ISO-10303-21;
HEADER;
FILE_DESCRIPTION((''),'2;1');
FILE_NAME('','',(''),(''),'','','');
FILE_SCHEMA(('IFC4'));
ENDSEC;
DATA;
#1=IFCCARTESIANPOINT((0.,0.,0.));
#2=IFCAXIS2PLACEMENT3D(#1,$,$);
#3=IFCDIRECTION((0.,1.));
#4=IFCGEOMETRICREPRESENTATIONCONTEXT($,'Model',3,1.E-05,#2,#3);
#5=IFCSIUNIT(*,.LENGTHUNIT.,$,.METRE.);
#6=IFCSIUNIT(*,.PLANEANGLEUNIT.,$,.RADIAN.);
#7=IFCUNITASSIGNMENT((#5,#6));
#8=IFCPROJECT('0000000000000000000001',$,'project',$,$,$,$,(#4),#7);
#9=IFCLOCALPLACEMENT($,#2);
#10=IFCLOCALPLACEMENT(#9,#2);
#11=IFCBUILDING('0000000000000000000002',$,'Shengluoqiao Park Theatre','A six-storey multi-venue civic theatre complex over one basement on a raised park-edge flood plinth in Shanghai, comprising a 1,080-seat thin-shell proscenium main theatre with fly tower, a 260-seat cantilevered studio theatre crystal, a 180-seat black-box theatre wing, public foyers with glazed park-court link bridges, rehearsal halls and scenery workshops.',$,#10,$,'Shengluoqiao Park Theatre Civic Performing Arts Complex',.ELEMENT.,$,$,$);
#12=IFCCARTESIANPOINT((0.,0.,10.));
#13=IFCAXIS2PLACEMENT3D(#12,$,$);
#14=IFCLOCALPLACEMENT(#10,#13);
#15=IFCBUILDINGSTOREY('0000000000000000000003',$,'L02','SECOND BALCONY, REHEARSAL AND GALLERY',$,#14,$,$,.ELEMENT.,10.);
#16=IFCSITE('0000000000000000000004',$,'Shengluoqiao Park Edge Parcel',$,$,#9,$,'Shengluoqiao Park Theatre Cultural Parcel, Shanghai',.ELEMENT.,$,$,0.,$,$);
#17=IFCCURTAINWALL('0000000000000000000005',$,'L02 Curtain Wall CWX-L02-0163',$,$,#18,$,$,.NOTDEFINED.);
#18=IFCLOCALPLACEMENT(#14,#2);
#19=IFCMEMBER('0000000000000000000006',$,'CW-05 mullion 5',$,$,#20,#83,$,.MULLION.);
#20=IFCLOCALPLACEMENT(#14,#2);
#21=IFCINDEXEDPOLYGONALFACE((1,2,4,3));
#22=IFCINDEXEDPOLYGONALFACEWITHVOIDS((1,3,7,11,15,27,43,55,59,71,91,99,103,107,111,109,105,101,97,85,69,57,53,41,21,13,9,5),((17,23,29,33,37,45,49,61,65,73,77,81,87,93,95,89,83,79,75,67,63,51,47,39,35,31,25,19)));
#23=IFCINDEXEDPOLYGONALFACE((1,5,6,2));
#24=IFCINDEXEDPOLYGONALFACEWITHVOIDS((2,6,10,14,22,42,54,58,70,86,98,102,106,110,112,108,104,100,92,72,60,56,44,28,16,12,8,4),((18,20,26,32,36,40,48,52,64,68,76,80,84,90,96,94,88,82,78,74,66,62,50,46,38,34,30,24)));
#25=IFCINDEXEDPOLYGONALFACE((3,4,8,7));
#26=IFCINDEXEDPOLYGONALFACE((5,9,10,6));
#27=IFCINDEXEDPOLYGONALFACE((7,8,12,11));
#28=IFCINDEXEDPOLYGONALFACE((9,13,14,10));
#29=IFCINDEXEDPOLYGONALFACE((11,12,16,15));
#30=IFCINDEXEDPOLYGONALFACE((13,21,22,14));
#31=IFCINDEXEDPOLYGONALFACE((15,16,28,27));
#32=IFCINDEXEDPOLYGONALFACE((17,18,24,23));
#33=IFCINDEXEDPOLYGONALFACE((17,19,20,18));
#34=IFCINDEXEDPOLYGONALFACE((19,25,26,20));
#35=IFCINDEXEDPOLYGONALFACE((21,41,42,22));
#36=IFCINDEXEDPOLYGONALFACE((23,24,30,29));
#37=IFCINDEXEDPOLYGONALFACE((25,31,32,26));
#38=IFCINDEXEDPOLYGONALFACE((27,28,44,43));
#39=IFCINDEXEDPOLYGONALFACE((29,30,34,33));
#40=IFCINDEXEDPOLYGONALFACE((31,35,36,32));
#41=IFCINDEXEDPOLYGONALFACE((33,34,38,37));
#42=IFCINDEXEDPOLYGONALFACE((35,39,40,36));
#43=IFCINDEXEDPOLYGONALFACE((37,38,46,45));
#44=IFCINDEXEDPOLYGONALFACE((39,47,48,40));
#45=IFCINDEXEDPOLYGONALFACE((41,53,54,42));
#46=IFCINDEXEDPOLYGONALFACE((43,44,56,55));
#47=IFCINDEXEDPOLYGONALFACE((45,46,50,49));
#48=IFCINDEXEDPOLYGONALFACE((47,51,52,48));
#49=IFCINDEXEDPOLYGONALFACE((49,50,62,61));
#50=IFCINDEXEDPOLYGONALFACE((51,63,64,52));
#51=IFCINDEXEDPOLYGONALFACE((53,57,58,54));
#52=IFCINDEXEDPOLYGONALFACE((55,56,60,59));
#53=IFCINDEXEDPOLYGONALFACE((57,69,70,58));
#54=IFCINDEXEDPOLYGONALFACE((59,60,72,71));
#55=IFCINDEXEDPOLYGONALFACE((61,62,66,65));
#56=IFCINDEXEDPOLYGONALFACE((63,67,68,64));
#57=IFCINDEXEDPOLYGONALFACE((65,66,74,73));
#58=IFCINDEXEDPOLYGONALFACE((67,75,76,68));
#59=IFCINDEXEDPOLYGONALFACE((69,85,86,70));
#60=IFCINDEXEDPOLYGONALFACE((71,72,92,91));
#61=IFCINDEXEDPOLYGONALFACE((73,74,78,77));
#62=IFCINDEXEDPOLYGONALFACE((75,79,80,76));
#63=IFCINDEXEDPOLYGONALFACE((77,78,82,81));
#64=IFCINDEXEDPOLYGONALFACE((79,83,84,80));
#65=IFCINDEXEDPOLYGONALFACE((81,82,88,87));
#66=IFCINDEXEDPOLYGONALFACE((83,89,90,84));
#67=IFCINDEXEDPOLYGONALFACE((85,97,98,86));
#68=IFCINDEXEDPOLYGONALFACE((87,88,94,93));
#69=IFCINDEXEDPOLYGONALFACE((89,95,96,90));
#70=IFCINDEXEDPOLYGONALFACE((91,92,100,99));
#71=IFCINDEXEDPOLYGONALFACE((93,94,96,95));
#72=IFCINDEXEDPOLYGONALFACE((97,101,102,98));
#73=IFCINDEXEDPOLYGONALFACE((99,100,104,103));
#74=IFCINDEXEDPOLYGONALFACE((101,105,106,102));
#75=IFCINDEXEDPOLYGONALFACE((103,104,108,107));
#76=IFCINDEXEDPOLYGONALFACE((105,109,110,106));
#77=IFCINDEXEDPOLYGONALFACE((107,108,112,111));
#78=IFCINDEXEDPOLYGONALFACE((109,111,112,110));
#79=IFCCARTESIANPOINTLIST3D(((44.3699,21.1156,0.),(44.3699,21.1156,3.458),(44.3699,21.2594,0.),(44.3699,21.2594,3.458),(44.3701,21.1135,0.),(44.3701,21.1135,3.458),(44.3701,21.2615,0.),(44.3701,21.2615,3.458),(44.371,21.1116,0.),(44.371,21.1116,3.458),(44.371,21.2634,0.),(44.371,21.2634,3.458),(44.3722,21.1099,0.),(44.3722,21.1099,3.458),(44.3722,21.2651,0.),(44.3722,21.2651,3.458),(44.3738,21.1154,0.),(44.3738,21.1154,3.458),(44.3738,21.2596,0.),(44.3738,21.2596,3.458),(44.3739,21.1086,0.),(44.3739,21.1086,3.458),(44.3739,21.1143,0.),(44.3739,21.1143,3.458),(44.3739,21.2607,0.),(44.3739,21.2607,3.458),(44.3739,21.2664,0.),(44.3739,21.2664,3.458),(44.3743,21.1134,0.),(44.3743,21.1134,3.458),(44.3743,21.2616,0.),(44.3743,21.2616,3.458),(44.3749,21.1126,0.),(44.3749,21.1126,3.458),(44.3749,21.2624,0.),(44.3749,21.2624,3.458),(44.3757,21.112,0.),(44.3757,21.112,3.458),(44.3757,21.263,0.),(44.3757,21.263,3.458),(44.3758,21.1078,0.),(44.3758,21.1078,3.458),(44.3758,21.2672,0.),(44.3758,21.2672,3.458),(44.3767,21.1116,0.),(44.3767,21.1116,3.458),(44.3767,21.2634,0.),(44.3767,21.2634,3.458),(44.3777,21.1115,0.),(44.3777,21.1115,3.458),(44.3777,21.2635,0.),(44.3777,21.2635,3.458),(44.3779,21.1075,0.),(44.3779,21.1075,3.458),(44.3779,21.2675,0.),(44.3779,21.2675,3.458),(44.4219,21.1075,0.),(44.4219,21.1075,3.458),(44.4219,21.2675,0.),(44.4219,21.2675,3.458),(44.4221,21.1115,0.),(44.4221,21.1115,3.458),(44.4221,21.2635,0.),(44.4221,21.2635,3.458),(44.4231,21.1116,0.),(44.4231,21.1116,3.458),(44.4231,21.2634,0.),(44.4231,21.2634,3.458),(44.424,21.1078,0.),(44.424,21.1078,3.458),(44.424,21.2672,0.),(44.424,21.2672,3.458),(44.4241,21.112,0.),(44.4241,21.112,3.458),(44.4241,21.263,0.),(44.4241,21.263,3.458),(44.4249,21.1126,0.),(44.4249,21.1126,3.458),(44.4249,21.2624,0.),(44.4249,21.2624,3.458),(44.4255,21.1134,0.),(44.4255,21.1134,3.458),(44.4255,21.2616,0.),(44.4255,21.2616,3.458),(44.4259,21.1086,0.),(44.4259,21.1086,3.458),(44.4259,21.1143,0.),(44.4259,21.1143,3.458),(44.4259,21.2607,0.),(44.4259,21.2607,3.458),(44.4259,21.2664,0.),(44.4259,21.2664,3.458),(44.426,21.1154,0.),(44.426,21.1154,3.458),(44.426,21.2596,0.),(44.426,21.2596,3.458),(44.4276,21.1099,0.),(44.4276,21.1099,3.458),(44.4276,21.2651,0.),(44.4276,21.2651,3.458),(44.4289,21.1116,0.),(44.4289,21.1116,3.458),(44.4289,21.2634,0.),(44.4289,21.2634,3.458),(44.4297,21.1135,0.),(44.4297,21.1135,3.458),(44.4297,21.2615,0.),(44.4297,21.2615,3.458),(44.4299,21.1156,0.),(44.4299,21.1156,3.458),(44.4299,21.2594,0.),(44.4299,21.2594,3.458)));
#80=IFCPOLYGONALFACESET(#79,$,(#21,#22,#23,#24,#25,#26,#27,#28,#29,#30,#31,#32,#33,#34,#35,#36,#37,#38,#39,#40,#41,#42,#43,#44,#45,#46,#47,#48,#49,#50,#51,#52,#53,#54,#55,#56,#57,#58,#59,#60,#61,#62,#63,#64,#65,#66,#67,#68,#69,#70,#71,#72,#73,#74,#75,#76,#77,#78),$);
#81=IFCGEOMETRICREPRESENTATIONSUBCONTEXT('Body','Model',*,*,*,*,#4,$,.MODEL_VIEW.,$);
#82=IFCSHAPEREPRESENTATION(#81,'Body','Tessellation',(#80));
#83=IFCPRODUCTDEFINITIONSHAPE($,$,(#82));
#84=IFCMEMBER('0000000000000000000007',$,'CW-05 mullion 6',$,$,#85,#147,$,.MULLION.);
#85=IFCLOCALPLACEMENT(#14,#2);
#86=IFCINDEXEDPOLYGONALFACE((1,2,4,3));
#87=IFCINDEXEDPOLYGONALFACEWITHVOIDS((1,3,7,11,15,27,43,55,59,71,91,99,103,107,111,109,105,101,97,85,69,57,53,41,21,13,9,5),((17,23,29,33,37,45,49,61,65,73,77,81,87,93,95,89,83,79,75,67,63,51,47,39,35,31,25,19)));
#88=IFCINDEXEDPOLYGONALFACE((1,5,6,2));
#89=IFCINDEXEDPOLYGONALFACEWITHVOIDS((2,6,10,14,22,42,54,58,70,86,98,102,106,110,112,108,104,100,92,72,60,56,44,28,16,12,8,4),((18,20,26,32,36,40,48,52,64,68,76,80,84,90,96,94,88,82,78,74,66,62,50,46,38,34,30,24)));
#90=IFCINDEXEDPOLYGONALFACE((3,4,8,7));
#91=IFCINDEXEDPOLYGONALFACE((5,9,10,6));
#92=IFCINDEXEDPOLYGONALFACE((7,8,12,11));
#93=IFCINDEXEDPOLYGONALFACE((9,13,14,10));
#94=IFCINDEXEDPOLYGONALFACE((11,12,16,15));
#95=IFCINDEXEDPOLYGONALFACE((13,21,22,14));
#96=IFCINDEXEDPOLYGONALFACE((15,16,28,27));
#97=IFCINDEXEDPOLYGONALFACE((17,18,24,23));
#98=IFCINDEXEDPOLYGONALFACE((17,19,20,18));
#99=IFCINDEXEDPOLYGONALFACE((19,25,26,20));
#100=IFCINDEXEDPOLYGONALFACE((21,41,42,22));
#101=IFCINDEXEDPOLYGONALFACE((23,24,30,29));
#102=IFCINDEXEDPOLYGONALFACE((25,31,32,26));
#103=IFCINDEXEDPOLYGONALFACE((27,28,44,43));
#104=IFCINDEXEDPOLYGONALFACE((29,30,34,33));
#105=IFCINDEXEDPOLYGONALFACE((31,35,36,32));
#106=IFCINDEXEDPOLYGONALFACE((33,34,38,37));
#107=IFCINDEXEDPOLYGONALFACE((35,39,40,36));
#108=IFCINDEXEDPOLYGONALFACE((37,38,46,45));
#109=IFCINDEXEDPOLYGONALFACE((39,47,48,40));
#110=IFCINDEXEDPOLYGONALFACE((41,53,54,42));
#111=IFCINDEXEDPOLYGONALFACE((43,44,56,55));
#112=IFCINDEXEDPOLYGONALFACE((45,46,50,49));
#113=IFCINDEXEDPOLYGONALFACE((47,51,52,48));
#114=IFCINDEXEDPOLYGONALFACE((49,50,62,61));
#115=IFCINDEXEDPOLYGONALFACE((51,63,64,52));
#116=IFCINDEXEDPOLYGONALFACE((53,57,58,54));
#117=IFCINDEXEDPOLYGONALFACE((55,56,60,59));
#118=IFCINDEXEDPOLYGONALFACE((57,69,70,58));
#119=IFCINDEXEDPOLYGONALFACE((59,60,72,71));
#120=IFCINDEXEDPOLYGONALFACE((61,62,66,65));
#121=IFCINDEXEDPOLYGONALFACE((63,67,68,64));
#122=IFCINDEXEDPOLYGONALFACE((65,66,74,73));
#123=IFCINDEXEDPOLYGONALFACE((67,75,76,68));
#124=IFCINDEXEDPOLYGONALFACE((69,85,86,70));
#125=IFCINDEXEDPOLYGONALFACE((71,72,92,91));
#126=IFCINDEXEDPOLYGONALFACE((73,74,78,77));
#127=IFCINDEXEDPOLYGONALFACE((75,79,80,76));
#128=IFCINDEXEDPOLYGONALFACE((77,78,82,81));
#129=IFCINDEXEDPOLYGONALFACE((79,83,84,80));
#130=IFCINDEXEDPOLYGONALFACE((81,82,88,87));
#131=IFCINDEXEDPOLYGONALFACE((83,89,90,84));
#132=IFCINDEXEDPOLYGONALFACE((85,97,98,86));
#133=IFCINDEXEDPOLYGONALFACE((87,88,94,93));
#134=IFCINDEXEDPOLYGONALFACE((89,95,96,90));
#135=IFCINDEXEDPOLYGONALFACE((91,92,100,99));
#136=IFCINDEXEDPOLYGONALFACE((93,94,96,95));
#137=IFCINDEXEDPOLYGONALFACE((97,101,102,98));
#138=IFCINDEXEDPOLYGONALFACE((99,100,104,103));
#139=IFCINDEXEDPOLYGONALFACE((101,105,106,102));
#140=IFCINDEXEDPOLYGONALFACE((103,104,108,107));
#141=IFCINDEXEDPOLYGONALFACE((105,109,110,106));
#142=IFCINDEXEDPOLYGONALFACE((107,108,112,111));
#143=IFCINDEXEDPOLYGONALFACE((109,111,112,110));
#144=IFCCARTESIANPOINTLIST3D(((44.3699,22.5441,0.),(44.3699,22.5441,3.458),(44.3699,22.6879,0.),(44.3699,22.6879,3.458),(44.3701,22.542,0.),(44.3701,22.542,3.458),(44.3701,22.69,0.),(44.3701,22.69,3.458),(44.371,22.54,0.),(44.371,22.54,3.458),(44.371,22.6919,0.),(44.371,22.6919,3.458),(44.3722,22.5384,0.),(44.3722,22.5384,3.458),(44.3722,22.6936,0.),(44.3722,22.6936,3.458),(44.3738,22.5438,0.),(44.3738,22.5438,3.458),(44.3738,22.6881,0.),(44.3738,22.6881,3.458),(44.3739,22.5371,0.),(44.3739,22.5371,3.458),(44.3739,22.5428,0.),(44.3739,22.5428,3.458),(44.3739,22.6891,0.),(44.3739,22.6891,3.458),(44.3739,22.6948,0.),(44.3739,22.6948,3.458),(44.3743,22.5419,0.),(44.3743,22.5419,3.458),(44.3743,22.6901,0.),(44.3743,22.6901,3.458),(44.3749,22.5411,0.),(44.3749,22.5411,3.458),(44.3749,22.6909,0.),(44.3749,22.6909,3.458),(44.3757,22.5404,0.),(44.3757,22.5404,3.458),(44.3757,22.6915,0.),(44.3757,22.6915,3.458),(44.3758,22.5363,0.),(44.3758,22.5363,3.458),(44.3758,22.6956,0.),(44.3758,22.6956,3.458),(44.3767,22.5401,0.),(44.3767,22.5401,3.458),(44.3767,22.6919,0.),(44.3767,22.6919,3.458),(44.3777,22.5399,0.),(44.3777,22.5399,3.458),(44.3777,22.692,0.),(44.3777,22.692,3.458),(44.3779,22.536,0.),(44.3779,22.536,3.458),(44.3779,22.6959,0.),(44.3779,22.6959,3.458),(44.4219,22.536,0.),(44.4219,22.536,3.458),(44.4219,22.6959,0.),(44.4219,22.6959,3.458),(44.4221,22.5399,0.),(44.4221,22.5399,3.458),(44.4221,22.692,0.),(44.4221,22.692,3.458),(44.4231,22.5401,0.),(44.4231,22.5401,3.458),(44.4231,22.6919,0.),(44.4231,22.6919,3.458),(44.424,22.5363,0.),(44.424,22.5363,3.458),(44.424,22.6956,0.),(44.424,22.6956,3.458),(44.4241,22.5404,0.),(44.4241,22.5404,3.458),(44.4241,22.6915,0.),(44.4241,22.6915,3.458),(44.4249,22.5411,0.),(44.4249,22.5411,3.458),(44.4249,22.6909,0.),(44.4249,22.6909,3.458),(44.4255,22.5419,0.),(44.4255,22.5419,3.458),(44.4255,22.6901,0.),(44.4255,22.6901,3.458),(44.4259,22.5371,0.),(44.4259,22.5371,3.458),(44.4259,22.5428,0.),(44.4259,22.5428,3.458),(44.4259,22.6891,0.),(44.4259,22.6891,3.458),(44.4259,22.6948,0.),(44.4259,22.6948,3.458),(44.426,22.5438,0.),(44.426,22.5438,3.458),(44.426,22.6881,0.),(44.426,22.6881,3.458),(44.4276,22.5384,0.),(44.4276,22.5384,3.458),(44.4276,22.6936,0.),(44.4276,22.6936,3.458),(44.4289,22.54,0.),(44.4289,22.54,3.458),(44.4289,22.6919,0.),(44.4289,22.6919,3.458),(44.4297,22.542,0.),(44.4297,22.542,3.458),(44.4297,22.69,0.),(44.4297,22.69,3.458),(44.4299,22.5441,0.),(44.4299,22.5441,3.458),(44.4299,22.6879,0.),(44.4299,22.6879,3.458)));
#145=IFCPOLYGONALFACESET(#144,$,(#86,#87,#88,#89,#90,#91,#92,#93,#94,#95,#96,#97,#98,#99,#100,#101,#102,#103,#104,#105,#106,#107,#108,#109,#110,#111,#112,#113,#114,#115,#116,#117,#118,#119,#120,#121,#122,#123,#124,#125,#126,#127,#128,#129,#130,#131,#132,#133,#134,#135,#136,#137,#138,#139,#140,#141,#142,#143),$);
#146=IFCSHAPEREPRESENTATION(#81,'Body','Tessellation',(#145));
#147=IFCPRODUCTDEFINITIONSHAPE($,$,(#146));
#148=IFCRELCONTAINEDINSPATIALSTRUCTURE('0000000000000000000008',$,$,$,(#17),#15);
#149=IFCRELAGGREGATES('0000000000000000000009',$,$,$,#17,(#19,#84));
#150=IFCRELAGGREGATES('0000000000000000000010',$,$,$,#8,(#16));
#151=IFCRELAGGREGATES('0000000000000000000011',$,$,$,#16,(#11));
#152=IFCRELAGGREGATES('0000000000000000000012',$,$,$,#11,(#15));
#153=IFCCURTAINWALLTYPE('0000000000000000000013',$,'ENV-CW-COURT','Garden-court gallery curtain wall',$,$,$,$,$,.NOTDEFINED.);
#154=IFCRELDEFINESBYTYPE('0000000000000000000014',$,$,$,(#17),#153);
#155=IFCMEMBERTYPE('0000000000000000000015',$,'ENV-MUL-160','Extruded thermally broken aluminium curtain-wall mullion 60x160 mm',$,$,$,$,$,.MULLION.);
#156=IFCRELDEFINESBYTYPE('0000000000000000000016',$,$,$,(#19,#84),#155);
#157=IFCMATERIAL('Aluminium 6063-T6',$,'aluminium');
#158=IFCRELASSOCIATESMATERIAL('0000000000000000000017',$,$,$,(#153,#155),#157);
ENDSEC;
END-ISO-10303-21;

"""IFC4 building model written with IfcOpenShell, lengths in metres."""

from ifc_helpers import new_model, si_unit, direction, frame, origin, origin_2d, place, context, subcontext, project, spatial, hollow_rectangle, extrude, material, material_profile, profile_set, type_object, element, aggregate, save


model = new_model("IFC4")

# Units and contexts
model_context = context("Model", 3, precision=1e-05, world=origin(), true_north=direction((0.0, 1.0)))
body_context = subcontext(model_context, "Body", "Model", "MODEL_VIEW")
ifc_project = project(units=[si_unit("LENGTHUNIT", "METRE"), si_unit("PLANEANGLEUNIT", "RADIAN")], contexts=[model_context])

# Site, building, storey
site_placement = place(None, origin())
site = spatial("IfcSite", under=ifc_project, at=site_placement, Name="Shengluoqiao Park Edge Parcel", LongName="Shengluoqiao Park Theatre Cultural Parcel, Shanghai", CompositionType="ELEMENT", RefElevation=0.0)
building_placement = place(site_placement, origin())
building = spatial("IfcBuilding", under=site, at=building_placement, Name="Shengluoqiao Park Theatre", Description="A six-storey multi-venue civic theatre complex over one basement on a raised park-edge flood plinth in Shanghai, comprising a 1,080-seat thin-shell proscenium main theatre with fly tower, a 260-seat cantilevered studio theatre crystal, a 180-seat black-box theatre wing, public foyers with glazed park-court link bridges, rehearsal halls and scenery workshops.", LongName="Shengluoqiao Park Theatre Civic Performing Arts Complex", CompositionType="ELEMENT")
storey_placement = place(building_placement, frame((0.0, 0.0, 10.0)))
storey = spatial("IfcBuildingStorey", under=building, at=storey_placement, Name="L02", Description="SECOND BALCONY, REHEARSAL AND GALLERY", CompositionType="ELEMENT", Elevation=10.0)

# Curtain wall, members
ifc_material_1 = material(Name="Aluminium 6063-T6", Category="aluminium")
curtain_wall_type = type_object("IfcCurtainWallType", Name="ENV-CW-COURT", Description="Garden-court gallery curtain wall", PredefinedType="NOTDEFINED", material=ifc_material_1)
curtain_wall_1_placement = place(storey_placement, origin())
curtain_wall_1 = element("IfcCurtainWall", 1, at=curtain_wall_1_placement, inside=storey, type_object=curtain_wall_type, Name="L02 Curtain Wall CWX-L02-0163", PredefinedType="NOTDEFINED")
ifc_material_profile_1 = material_profile(ifc_material_1, hollow_rectangle(XDim=0.0601, YDim=0.1599, WallThickness=0.0039, InnerFilletRadius=0.0039, OuterFilletRadius=0.0081, at=origin_2d()), Name="ALU MULLION 160x60x4")
ifc_profile_set_1 = profile_set([ifc_material_profile_1], Name="Aluminium 6063-T6")
member_type_1 = type_object("IfcMemberType", Name="ENV-MUL-160", Description="Extruded thermally broken aluminium curtain-wall mullion 60x160 mm", PredefinedType="MULLION", material=ifc_profile_set_1)
member_1_placement = place(storey_placement, frame((44.3999, 21.1875, 0.0), z_axis=(0.0, 0.0, 1.0), x_axis=(-1.0, 0.0, 0.0)))
member_1 = element("IfcMember", 2, at=member_1_placement, type_object=member_type_1, Name="CW-05 mullion 5", PredefinedType="MULLION", context=body_context, shape_type="SweptSolid", body=[
    extrude(hollow_rectangle(XDim=0.0601, YDim=0.1599, WallThickness=0.0039, InnerFilletRadius=0.0039, OuterFilletRadius=0.0081, at=origin_2d()), origin(), (0.0, 0.0, 1.0), 3.458),
])
member_2_placement = place(storey_placement, frame((44.3999, 22.616, 0.0), z_axis=(0.0, 0.0, 1.0), x_axis=(-1.0, 0.0, 0.0)))
member_2 = element("IfcMember", 3, at=member_2_placement, type_object=member_type_1, Name="CW-05 mullion 6", PredefinedType="MULLION", context=body_context, shape_type="SweptSolid", body=[
    extrude(hollow_rectangle(XDim=0.0601, YDim=0.1599, WallThickness=0.0039, InnerFilletRadius=0.0039, OuterFilletRadius=0.0081, at=origin_2d()), origin(), (0.0, 0.0, 1.0), 3.458),
])

aggregate(curtain_wall_1, [member_1, member_2])

save(model, "model.ifc")
